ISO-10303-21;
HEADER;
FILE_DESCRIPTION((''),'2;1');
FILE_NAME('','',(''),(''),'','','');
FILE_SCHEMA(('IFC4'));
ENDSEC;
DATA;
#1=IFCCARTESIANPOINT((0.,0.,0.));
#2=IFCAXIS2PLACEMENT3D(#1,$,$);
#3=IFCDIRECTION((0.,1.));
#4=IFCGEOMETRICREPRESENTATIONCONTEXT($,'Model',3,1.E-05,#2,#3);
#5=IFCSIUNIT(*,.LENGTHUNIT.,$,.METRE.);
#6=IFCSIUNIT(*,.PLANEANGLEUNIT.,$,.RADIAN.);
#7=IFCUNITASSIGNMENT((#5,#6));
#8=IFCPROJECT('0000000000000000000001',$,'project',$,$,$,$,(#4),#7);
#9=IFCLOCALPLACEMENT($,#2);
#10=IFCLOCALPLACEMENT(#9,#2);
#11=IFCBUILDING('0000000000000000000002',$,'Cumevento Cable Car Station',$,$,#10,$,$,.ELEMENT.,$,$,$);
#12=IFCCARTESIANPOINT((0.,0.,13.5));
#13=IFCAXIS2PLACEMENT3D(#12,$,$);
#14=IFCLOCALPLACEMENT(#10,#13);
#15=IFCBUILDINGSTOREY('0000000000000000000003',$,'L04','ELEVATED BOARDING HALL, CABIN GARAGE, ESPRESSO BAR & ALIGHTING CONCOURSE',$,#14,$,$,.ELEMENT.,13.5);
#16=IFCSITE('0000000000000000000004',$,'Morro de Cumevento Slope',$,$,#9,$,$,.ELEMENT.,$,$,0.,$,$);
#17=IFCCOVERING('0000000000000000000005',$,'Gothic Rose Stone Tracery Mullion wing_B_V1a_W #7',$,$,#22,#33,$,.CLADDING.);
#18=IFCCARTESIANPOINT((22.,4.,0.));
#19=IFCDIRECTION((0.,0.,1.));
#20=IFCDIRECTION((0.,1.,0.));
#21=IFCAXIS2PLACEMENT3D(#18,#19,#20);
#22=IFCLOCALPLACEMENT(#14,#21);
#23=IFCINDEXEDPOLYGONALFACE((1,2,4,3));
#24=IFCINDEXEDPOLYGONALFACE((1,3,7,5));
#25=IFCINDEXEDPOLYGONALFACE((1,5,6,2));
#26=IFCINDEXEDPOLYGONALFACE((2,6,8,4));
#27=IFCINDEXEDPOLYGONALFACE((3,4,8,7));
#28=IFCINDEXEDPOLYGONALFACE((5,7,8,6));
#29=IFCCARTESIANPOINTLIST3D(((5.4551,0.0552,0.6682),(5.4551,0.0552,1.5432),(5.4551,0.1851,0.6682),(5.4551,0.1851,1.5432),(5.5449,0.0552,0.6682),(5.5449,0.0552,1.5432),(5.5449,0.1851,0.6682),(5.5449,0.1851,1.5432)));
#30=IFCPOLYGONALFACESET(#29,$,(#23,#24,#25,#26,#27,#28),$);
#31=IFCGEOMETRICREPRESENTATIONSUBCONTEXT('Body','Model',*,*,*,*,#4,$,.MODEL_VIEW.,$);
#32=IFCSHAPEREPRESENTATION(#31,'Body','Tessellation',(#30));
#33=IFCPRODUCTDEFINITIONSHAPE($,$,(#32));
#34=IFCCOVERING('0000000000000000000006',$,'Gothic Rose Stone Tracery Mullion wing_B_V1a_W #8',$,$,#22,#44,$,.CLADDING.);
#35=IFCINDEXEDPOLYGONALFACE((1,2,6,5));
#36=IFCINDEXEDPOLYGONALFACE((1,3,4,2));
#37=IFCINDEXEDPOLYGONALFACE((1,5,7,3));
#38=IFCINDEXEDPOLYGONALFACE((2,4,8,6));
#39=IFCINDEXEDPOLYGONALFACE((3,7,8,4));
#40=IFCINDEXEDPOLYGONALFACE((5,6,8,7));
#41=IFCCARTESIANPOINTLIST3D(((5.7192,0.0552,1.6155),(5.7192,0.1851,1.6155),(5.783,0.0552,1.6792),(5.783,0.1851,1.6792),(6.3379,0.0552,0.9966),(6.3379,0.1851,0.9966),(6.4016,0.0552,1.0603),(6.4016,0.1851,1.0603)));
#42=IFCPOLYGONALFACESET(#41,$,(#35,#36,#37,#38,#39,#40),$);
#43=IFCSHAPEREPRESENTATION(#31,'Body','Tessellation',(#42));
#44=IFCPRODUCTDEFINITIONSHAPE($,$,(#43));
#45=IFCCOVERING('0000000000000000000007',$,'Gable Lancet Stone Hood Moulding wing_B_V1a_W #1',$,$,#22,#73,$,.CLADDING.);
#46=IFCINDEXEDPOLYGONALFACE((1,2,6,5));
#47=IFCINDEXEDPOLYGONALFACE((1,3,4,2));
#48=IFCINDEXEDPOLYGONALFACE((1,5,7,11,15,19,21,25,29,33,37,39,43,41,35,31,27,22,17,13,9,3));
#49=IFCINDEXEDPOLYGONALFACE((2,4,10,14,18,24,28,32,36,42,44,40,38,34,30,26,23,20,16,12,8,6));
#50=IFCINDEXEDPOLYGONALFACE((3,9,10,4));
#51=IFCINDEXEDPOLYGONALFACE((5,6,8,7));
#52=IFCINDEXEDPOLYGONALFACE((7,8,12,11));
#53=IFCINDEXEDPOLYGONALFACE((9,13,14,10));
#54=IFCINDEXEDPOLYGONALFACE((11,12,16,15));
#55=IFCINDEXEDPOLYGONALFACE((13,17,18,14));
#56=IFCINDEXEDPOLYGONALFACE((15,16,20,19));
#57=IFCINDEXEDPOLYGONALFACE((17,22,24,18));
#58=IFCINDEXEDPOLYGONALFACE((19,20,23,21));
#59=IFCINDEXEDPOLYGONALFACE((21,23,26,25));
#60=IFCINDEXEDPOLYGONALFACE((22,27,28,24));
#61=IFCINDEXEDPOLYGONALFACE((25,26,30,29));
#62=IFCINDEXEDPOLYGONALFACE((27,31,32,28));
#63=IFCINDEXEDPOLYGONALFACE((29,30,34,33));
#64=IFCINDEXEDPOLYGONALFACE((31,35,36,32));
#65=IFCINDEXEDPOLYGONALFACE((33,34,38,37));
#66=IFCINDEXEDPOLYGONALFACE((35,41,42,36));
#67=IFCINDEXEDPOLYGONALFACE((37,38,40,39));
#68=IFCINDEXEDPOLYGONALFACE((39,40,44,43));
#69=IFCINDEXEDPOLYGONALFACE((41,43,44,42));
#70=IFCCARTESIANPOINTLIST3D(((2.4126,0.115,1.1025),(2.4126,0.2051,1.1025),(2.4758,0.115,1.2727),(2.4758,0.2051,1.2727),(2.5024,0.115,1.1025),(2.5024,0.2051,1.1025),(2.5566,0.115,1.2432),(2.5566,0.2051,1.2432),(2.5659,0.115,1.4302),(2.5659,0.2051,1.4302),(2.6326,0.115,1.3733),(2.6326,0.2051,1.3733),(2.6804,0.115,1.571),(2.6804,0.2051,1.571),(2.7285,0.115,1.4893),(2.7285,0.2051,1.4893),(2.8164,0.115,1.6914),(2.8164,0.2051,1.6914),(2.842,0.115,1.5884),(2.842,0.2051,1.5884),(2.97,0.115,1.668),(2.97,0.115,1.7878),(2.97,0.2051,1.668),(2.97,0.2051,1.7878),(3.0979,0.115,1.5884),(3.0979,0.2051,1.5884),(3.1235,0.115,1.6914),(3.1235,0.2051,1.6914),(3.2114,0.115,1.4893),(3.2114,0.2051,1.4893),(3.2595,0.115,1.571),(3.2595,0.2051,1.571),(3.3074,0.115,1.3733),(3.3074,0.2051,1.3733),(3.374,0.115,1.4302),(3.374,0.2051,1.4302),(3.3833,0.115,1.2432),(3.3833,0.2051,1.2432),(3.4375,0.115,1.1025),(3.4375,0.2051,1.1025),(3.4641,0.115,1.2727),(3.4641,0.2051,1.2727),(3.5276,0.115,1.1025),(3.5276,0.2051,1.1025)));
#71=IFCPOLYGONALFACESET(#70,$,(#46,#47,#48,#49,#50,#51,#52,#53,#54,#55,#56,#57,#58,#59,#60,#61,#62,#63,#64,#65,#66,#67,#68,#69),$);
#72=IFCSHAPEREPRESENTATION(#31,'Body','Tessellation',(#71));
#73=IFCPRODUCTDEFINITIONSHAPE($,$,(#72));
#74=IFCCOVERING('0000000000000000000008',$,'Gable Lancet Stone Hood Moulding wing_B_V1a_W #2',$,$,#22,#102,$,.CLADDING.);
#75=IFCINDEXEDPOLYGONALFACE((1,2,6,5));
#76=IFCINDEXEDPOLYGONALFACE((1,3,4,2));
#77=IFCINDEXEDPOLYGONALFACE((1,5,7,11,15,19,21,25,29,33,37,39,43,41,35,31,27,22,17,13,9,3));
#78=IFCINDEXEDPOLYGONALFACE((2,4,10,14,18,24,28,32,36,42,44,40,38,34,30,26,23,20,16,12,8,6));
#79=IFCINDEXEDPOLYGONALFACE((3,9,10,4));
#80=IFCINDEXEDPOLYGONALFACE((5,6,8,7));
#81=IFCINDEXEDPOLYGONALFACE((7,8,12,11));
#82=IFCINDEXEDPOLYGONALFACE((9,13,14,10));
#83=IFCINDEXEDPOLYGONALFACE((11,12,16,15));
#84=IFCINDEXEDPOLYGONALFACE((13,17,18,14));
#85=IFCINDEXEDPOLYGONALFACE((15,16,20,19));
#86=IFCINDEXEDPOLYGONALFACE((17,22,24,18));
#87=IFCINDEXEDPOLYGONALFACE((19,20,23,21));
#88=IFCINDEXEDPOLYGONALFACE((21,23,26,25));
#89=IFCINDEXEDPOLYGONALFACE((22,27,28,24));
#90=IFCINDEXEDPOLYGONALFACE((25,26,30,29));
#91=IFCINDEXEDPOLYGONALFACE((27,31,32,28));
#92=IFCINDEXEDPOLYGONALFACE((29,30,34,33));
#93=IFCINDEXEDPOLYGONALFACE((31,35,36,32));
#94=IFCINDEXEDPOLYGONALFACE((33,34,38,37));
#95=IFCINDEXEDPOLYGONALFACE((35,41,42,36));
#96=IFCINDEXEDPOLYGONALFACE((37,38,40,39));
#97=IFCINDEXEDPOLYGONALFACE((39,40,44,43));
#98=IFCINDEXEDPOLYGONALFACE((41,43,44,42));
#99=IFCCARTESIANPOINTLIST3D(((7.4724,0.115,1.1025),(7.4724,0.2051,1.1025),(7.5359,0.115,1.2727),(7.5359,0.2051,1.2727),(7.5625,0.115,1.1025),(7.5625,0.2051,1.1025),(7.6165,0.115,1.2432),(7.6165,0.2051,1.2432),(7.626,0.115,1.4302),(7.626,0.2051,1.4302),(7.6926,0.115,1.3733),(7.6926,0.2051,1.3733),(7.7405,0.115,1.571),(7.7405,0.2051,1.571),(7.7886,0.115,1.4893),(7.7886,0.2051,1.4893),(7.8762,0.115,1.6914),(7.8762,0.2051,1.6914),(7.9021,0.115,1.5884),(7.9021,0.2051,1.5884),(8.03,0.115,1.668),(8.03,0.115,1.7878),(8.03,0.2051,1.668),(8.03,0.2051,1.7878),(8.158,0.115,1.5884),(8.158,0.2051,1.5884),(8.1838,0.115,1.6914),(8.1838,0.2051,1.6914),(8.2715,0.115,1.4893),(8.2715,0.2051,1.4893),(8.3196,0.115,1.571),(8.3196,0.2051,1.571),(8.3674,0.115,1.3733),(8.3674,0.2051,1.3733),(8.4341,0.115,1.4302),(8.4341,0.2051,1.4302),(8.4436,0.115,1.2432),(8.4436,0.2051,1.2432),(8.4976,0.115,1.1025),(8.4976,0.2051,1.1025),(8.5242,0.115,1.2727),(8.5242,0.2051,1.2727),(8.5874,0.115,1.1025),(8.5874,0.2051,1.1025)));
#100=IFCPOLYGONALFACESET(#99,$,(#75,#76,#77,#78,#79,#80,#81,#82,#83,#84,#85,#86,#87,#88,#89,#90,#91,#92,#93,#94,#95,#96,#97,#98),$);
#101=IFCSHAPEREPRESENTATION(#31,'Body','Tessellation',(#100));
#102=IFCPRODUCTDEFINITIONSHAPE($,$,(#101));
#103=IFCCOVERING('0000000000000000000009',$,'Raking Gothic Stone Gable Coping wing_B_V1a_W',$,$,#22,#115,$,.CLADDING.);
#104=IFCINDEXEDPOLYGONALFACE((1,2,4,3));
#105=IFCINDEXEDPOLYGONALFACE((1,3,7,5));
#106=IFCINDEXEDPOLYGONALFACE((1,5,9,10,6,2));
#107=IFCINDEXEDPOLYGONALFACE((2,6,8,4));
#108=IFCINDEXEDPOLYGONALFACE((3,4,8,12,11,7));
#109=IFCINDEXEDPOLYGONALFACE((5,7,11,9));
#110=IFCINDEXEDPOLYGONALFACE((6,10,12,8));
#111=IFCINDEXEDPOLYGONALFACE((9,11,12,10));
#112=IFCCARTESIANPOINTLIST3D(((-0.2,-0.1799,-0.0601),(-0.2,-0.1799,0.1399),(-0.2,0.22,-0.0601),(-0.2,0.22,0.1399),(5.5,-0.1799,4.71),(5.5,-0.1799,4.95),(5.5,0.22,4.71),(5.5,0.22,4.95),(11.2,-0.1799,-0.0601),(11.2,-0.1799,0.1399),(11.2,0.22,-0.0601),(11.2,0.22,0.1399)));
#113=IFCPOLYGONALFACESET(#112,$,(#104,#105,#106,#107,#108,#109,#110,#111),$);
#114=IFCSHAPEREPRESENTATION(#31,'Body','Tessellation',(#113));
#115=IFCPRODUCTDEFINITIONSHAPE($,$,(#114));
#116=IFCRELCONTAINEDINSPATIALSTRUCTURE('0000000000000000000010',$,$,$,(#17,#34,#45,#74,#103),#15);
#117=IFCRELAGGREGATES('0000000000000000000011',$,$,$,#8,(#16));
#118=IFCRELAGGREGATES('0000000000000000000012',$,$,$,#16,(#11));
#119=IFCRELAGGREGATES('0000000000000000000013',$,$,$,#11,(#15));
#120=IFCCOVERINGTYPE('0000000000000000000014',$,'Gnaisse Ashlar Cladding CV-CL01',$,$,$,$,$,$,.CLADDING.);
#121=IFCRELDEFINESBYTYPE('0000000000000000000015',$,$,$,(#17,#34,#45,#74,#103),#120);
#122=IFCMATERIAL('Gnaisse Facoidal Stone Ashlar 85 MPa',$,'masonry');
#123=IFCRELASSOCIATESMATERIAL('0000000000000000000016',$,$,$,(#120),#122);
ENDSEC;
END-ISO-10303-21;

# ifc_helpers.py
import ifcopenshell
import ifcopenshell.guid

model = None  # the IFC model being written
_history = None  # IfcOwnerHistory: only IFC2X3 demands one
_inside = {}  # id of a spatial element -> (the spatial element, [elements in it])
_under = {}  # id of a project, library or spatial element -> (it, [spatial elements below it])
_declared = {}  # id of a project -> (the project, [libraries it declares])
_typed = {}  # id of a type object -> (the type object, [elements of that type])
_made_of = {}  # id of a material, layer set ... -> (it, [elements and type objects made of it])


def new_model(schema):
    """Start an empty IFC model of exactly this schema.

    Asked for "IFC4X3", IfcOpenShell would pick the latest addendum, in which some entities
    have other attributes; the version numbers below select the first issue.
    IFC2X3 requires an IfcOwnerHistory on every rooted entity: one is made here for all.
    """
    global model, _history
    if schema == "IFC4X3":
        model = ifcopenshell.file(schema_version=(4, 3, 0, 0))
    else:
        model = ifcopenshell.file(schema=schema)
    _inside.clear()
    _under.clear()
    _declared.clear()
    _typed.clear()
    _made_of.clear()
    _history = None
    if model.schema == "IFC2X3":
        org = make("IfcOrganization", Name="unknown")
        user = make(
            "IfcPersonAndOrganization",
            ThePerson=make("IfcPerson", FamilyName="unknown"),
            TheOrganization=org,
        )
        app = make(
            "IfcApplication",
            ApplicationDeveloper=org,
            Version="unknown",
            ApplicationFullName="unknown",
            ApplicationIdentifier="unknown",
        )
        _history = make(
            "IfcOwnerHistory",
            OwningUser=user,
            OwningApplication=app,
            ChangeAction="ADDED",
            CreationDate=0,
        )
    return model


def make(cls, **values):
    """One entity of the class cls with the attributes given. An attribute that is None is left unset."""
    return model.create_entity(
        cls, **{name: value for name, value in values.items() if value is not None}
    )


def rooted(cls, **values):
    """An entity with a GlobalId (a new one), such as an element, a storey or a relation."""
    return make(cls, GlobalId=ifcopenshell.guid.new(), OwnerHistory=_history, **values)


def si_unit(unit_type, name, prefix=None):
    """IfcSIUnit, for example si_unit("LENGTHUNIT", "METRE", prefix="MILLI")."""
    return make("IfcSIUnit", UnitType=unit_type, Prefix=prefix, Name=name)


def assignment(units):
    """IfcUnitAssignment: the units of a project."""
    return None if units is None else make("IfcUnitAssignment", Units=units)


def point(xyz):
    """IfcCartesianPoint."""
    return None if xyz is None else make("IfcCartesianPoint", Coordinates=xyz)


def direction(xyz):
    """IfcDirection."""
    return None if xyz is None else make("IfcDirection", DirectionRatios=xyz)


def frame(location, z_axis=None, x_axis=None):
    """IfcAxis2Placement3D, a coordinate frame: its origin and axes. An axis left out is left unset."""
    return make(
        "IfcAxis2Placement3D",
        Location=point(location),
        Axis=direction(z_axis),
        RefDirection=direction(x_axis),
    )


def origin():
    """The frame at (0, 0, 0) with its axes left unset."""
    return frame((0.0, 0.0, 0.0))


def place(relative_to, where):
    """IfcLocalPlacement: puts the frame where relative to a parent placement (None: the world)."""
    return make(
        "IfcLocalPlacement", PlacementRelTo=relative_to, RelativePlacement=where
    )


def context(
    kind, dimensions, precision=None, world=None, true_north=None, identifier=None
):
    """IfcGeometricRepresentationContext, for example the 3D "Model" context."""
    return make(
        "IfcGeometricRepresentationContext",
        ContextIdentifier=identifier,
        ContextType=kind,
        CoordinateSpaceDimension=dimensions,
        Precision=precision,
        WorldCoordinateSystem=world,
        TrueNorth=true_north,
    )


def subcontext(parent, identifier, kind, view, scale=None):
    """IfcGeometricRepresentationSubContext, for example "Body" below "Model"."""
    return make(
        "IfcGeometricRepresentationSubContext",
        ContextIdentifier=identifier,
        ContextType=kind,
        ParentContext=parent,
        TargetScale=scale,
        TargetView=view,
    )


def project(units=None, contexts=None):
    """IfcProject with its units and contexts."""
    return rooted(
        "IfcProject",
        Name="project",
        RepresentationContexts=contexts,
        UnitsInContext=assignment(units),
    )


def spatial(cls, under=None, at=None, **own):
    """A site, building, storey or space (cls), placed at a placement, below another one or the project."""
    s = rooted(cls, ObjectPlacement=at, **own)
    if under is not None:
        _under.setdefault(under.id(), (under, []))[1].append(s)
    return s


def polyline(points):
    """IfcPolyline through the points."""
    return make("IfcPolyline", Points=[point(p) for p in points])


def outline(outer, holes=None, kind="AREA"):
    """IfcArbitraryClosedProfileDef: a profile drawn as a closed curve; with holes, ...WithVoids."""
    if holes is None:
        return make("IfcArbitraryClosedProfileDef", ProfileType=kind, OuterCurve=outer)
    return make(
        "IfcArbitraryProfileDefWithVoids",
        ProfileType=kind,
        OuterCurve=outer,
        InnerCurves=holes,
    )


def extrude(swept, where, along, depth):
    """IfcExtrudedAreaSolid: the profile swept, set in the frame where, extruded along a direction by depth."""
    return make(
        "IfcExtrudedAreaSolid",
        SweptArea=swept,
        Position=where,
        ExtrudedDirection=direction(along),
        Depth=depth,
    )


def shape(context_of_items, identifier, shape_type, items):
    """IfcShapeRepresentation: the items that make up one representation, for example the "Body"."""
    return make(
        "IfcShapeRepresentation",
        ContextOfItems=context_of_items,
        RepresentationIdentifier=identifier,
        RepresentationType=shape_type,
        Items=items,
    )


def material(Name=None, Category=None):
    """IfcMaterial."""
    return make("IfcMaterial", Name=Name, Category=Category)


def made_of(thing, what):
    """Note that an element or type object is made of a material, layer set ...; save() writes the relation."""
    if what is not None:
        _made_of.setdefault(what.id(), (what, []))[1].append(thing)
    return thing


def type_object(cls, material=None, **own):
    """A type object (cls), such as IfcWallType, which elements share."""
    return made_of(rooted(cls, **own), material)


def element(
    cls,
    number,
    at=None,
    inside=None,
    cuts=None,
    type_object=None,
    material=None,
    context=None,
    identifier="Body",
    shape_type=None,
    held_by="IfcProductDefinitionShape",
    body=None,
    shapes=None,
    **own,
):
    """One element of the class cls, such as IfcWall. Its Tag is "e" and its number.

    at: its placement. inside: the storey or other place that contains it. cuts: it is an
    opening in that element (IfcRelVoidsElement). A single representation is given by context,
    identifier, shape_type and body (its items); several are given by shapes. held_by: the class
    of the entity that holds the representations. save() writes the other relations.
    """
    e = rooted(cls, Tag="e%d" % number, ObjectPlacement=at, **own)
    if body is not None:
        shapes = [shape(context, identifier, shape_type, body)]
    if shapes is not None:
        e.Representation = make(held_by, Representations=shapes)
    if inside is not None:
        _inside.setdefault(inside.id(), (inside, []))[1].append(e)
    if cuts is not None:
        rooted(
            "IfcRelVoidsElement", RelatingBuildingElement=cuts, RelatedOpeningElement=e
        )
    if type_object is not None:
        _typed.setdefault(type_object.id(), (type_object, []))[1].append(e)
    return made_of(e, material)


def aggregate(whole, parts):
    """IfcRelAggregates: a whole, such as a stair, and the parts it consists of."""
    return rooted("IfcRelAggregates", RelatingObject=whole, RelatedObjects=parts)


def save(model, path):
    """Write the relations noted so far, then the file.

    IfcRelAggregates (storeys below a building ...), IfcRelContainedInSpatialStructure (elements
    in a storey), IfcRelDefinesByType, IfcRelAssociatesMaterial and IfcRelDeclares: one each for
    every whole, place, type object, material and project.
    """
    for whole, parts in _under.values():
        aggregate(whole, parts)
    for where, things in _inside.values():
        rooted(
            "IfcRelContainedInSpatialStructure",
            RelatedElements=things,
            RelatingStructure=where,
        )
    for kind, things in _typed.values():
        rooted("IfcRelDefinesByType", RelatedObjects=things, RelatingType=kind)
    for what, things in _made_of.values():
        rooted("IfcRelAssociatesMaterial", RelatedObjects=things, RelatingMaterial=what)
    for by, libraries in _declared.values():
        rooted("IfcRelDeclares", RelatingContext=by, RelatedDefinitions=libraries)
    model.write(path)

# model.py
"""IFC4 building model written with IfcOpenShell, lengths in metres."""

from ifc_helpers import new_model, si_unit, direction, frame, origin, place, context, subcontext, project, spatial, polyline, outline, extrude, material, type_object, element, save


model = new_model("IFC4")

# Units and contexts
model_context = context("Model", 3, precision=1e-05, world=origin(), true_north=direction((0.0, 1.0)))
body_context = subcontext(model_context, "Body", "Model", "MODEL_VIEW")
ifc_project = project(units=[si_unit("LENGTHUNIT", "METRE"), si_unit("PLANEANGLEUNIT", "RADIAN")], contexts=[model_context])

# Site, building, storey
site_placement = place(None, origin())
site = spatial("IfcSite", under=ifc_project, at=site_placement, Name="Morro de Cumevento Slope", CompositionType="ELEMENT", RefElevation=0.0)
building_placement = place(site_placement, origin())
building = spatial("IfcBuilding", under=site, at=building_placement, Name="Cumevento Cable Car Station", CompositionType="ELEMENT")
storey_placement = place(building_placement, frame((0.0, 0.0, 13.5)))
storey = spatial("IfcBuildingStorey", under=building, at=storey_placement, Name="L04", Description="ELEVATED BOARDING HALL, CABIN GARAGE, ESPRESSO BAR & ALIGHTING CONCOURSE", CompositionType="ELEMENT", Elevation=13.5)

# Coverings
ifc_material_1 = material(Name="Gnaisse Facoidal Stone Ashlar 85 MPa", Category="masonry")
covering_type_1 = type_object("IfcCoveringType", Name="Gnaisse Ashlar Cladding CV-CL01", PredefinedType="CLADDING", material=ifc_material_1)
placement = place(storey_placement, frame((22.0, 4.0, 0.0), z_axis=(0.0, 0.0, 1.0), x_axis=(0.0, 1.0, 0.0)))
element("IfcCovering", 1, at=placement, inside=storey, type_object=covering_type_1, Name="Gothic Rose Stone Tracery Mullion wing_B_V1a_W #7", PredefinedType="CLADDING", context=body_context, shape_type="SweptSolid", body=[
    extrude(outline(polyline([(5.5449, 1.5432), (5.5449, 0.6682), (5.4551, 0.6682), (5.4551, 1.5432), (5.5449, 1.5432)])), frame((0.0, 0.1851, 0.0), z_axis=(0.0, -1.0, 0.0), x_axis=(1.0, 0.0, 0.0)), (0.0, 0.0, 1.0), 0.1299),
])
element("IfcCovering", 2, at=placement, inside=storey, type_object=covering_type_1, Name="Gothic Rose Stone Tracery Mullion wing_B_V1a_W #8", PredefinedType="CLADDING", context=body_context, shape_type="SweptSolid", body=[
    extrude(outline(polyline([(5.783, 1.6792), (6.4016, 1.0603), (6.3379, 0.9966), (5.7192, 1.6155), (5.783, 1.6792)])), frame((0.0, 0.1851, 0.0), z_axis=(0.0, -1.0, 0.0), x_axis=(1.0, 0.0, 0.0)), (0.0, 0.0, 1.0), 0.1299),
])
element("IfcCovering", 3, at=placement, inside=storey, type_object=covering_type_1, Name="Gable Lancet Stone Hood Moulding wing_B_V1a_W #1", PredefinedType="CLADDING", context=body_context, shape_type="SweptSolid", body=[
    extrude(outline(polyline([(2.5024, 1.1025), (2.5566, 1.2432), (2.6326, 1.3733), (2.7285, 1.4893), (2.842, 1.5884), (2.97, 1.668), (3.0979, 1.5884), (3.2114, 1.4893), (3.3074, 1.3733), (3.3833, 1.2432), (3.4375, 1.1025), (3.5276, 1.1025), (3.4641, 1.2727), (3.374, 1.4302), (3.2595, 1.571), (3.1235, 1.6914), (2.97, 1.7878), (2.8164, 1.6914), (2.6804, 1.571), (2.5659, 1.4302), (2.4758, 1.2727), (2.4126, 1.1025), (2.5024, 1.1025)])), frame((0.0, 0.2051, 0.0), z_axis=(0.0, -1.0, 0.0), x_axis=(1.0, 0.0, 0.0)), (0.0, 0.0, 1.0), 0.0901),
])
element("IfcCovering", 4, at=placement, inside=storey, type_object=covering_type_1, Name="Gable Lancet Stone Hood Moulding wing_B_V1a_W #2", PredefinedType="CLADDING", context=body_context, shape_type="SweptSolid", body=[
    extrude(outline(polyline([(7.5625, 1.1025), (7.6165, 1.2432), (7.6926, 1.3733), (7.7886, 1.4893), (7.9021, 1.5884), (8.03, 1.668), (8.158, 1.5884), (8.2715, 1.4893), (8.3674, 1.3733), (8.4436, 1.2432), (8.4976, 1.1025), (8.5874, 1.1025), (8.5242, 1.2727), (8.4341, 1.4302), (8.3196, 1.571), (8.1838, 1.6914), (8.03, 1.7878), (7.8762, 1.6914), (7.7405, 1.571), (7.626, 1.4302), (7.5359, 1.2727), (7.4724, 1.1025), (7.5625, 1.1025)])), frame((0.0, 0.2051, 0.0), z_axis=(0.0, -1.0, 0.0), x_axis=(1.0, 0.0, 0.0)), (0.0, 0.0, 1.0), 0.0901),
])
element("IfcCovering", 5, at=placement, inside=storey, type_object=covering_type_1, Name="Raking Gothic Stone Gable Coping wing_B_V1a_W", PredefinedType="CLADDING", context=body_context, shape_type="SweptSolid", body=[
    extrude(outline(polyline([(-0.2, -0.0601), (5.5, 4.71), (11.2, -0.0601), (11.2, 0.1399), (5.5, 4.95), (-0.2, 0.1399), (-0.2, -0.0601)])), frame((0.0, 0.22, 0.0), z_axis=(0.0, -1.0, 0.0), x_axis=(1.0, 0.0, 0.0)), (0.0, 0.0, 1.0), 0.3999),
])

save(model, "model.ifc")
